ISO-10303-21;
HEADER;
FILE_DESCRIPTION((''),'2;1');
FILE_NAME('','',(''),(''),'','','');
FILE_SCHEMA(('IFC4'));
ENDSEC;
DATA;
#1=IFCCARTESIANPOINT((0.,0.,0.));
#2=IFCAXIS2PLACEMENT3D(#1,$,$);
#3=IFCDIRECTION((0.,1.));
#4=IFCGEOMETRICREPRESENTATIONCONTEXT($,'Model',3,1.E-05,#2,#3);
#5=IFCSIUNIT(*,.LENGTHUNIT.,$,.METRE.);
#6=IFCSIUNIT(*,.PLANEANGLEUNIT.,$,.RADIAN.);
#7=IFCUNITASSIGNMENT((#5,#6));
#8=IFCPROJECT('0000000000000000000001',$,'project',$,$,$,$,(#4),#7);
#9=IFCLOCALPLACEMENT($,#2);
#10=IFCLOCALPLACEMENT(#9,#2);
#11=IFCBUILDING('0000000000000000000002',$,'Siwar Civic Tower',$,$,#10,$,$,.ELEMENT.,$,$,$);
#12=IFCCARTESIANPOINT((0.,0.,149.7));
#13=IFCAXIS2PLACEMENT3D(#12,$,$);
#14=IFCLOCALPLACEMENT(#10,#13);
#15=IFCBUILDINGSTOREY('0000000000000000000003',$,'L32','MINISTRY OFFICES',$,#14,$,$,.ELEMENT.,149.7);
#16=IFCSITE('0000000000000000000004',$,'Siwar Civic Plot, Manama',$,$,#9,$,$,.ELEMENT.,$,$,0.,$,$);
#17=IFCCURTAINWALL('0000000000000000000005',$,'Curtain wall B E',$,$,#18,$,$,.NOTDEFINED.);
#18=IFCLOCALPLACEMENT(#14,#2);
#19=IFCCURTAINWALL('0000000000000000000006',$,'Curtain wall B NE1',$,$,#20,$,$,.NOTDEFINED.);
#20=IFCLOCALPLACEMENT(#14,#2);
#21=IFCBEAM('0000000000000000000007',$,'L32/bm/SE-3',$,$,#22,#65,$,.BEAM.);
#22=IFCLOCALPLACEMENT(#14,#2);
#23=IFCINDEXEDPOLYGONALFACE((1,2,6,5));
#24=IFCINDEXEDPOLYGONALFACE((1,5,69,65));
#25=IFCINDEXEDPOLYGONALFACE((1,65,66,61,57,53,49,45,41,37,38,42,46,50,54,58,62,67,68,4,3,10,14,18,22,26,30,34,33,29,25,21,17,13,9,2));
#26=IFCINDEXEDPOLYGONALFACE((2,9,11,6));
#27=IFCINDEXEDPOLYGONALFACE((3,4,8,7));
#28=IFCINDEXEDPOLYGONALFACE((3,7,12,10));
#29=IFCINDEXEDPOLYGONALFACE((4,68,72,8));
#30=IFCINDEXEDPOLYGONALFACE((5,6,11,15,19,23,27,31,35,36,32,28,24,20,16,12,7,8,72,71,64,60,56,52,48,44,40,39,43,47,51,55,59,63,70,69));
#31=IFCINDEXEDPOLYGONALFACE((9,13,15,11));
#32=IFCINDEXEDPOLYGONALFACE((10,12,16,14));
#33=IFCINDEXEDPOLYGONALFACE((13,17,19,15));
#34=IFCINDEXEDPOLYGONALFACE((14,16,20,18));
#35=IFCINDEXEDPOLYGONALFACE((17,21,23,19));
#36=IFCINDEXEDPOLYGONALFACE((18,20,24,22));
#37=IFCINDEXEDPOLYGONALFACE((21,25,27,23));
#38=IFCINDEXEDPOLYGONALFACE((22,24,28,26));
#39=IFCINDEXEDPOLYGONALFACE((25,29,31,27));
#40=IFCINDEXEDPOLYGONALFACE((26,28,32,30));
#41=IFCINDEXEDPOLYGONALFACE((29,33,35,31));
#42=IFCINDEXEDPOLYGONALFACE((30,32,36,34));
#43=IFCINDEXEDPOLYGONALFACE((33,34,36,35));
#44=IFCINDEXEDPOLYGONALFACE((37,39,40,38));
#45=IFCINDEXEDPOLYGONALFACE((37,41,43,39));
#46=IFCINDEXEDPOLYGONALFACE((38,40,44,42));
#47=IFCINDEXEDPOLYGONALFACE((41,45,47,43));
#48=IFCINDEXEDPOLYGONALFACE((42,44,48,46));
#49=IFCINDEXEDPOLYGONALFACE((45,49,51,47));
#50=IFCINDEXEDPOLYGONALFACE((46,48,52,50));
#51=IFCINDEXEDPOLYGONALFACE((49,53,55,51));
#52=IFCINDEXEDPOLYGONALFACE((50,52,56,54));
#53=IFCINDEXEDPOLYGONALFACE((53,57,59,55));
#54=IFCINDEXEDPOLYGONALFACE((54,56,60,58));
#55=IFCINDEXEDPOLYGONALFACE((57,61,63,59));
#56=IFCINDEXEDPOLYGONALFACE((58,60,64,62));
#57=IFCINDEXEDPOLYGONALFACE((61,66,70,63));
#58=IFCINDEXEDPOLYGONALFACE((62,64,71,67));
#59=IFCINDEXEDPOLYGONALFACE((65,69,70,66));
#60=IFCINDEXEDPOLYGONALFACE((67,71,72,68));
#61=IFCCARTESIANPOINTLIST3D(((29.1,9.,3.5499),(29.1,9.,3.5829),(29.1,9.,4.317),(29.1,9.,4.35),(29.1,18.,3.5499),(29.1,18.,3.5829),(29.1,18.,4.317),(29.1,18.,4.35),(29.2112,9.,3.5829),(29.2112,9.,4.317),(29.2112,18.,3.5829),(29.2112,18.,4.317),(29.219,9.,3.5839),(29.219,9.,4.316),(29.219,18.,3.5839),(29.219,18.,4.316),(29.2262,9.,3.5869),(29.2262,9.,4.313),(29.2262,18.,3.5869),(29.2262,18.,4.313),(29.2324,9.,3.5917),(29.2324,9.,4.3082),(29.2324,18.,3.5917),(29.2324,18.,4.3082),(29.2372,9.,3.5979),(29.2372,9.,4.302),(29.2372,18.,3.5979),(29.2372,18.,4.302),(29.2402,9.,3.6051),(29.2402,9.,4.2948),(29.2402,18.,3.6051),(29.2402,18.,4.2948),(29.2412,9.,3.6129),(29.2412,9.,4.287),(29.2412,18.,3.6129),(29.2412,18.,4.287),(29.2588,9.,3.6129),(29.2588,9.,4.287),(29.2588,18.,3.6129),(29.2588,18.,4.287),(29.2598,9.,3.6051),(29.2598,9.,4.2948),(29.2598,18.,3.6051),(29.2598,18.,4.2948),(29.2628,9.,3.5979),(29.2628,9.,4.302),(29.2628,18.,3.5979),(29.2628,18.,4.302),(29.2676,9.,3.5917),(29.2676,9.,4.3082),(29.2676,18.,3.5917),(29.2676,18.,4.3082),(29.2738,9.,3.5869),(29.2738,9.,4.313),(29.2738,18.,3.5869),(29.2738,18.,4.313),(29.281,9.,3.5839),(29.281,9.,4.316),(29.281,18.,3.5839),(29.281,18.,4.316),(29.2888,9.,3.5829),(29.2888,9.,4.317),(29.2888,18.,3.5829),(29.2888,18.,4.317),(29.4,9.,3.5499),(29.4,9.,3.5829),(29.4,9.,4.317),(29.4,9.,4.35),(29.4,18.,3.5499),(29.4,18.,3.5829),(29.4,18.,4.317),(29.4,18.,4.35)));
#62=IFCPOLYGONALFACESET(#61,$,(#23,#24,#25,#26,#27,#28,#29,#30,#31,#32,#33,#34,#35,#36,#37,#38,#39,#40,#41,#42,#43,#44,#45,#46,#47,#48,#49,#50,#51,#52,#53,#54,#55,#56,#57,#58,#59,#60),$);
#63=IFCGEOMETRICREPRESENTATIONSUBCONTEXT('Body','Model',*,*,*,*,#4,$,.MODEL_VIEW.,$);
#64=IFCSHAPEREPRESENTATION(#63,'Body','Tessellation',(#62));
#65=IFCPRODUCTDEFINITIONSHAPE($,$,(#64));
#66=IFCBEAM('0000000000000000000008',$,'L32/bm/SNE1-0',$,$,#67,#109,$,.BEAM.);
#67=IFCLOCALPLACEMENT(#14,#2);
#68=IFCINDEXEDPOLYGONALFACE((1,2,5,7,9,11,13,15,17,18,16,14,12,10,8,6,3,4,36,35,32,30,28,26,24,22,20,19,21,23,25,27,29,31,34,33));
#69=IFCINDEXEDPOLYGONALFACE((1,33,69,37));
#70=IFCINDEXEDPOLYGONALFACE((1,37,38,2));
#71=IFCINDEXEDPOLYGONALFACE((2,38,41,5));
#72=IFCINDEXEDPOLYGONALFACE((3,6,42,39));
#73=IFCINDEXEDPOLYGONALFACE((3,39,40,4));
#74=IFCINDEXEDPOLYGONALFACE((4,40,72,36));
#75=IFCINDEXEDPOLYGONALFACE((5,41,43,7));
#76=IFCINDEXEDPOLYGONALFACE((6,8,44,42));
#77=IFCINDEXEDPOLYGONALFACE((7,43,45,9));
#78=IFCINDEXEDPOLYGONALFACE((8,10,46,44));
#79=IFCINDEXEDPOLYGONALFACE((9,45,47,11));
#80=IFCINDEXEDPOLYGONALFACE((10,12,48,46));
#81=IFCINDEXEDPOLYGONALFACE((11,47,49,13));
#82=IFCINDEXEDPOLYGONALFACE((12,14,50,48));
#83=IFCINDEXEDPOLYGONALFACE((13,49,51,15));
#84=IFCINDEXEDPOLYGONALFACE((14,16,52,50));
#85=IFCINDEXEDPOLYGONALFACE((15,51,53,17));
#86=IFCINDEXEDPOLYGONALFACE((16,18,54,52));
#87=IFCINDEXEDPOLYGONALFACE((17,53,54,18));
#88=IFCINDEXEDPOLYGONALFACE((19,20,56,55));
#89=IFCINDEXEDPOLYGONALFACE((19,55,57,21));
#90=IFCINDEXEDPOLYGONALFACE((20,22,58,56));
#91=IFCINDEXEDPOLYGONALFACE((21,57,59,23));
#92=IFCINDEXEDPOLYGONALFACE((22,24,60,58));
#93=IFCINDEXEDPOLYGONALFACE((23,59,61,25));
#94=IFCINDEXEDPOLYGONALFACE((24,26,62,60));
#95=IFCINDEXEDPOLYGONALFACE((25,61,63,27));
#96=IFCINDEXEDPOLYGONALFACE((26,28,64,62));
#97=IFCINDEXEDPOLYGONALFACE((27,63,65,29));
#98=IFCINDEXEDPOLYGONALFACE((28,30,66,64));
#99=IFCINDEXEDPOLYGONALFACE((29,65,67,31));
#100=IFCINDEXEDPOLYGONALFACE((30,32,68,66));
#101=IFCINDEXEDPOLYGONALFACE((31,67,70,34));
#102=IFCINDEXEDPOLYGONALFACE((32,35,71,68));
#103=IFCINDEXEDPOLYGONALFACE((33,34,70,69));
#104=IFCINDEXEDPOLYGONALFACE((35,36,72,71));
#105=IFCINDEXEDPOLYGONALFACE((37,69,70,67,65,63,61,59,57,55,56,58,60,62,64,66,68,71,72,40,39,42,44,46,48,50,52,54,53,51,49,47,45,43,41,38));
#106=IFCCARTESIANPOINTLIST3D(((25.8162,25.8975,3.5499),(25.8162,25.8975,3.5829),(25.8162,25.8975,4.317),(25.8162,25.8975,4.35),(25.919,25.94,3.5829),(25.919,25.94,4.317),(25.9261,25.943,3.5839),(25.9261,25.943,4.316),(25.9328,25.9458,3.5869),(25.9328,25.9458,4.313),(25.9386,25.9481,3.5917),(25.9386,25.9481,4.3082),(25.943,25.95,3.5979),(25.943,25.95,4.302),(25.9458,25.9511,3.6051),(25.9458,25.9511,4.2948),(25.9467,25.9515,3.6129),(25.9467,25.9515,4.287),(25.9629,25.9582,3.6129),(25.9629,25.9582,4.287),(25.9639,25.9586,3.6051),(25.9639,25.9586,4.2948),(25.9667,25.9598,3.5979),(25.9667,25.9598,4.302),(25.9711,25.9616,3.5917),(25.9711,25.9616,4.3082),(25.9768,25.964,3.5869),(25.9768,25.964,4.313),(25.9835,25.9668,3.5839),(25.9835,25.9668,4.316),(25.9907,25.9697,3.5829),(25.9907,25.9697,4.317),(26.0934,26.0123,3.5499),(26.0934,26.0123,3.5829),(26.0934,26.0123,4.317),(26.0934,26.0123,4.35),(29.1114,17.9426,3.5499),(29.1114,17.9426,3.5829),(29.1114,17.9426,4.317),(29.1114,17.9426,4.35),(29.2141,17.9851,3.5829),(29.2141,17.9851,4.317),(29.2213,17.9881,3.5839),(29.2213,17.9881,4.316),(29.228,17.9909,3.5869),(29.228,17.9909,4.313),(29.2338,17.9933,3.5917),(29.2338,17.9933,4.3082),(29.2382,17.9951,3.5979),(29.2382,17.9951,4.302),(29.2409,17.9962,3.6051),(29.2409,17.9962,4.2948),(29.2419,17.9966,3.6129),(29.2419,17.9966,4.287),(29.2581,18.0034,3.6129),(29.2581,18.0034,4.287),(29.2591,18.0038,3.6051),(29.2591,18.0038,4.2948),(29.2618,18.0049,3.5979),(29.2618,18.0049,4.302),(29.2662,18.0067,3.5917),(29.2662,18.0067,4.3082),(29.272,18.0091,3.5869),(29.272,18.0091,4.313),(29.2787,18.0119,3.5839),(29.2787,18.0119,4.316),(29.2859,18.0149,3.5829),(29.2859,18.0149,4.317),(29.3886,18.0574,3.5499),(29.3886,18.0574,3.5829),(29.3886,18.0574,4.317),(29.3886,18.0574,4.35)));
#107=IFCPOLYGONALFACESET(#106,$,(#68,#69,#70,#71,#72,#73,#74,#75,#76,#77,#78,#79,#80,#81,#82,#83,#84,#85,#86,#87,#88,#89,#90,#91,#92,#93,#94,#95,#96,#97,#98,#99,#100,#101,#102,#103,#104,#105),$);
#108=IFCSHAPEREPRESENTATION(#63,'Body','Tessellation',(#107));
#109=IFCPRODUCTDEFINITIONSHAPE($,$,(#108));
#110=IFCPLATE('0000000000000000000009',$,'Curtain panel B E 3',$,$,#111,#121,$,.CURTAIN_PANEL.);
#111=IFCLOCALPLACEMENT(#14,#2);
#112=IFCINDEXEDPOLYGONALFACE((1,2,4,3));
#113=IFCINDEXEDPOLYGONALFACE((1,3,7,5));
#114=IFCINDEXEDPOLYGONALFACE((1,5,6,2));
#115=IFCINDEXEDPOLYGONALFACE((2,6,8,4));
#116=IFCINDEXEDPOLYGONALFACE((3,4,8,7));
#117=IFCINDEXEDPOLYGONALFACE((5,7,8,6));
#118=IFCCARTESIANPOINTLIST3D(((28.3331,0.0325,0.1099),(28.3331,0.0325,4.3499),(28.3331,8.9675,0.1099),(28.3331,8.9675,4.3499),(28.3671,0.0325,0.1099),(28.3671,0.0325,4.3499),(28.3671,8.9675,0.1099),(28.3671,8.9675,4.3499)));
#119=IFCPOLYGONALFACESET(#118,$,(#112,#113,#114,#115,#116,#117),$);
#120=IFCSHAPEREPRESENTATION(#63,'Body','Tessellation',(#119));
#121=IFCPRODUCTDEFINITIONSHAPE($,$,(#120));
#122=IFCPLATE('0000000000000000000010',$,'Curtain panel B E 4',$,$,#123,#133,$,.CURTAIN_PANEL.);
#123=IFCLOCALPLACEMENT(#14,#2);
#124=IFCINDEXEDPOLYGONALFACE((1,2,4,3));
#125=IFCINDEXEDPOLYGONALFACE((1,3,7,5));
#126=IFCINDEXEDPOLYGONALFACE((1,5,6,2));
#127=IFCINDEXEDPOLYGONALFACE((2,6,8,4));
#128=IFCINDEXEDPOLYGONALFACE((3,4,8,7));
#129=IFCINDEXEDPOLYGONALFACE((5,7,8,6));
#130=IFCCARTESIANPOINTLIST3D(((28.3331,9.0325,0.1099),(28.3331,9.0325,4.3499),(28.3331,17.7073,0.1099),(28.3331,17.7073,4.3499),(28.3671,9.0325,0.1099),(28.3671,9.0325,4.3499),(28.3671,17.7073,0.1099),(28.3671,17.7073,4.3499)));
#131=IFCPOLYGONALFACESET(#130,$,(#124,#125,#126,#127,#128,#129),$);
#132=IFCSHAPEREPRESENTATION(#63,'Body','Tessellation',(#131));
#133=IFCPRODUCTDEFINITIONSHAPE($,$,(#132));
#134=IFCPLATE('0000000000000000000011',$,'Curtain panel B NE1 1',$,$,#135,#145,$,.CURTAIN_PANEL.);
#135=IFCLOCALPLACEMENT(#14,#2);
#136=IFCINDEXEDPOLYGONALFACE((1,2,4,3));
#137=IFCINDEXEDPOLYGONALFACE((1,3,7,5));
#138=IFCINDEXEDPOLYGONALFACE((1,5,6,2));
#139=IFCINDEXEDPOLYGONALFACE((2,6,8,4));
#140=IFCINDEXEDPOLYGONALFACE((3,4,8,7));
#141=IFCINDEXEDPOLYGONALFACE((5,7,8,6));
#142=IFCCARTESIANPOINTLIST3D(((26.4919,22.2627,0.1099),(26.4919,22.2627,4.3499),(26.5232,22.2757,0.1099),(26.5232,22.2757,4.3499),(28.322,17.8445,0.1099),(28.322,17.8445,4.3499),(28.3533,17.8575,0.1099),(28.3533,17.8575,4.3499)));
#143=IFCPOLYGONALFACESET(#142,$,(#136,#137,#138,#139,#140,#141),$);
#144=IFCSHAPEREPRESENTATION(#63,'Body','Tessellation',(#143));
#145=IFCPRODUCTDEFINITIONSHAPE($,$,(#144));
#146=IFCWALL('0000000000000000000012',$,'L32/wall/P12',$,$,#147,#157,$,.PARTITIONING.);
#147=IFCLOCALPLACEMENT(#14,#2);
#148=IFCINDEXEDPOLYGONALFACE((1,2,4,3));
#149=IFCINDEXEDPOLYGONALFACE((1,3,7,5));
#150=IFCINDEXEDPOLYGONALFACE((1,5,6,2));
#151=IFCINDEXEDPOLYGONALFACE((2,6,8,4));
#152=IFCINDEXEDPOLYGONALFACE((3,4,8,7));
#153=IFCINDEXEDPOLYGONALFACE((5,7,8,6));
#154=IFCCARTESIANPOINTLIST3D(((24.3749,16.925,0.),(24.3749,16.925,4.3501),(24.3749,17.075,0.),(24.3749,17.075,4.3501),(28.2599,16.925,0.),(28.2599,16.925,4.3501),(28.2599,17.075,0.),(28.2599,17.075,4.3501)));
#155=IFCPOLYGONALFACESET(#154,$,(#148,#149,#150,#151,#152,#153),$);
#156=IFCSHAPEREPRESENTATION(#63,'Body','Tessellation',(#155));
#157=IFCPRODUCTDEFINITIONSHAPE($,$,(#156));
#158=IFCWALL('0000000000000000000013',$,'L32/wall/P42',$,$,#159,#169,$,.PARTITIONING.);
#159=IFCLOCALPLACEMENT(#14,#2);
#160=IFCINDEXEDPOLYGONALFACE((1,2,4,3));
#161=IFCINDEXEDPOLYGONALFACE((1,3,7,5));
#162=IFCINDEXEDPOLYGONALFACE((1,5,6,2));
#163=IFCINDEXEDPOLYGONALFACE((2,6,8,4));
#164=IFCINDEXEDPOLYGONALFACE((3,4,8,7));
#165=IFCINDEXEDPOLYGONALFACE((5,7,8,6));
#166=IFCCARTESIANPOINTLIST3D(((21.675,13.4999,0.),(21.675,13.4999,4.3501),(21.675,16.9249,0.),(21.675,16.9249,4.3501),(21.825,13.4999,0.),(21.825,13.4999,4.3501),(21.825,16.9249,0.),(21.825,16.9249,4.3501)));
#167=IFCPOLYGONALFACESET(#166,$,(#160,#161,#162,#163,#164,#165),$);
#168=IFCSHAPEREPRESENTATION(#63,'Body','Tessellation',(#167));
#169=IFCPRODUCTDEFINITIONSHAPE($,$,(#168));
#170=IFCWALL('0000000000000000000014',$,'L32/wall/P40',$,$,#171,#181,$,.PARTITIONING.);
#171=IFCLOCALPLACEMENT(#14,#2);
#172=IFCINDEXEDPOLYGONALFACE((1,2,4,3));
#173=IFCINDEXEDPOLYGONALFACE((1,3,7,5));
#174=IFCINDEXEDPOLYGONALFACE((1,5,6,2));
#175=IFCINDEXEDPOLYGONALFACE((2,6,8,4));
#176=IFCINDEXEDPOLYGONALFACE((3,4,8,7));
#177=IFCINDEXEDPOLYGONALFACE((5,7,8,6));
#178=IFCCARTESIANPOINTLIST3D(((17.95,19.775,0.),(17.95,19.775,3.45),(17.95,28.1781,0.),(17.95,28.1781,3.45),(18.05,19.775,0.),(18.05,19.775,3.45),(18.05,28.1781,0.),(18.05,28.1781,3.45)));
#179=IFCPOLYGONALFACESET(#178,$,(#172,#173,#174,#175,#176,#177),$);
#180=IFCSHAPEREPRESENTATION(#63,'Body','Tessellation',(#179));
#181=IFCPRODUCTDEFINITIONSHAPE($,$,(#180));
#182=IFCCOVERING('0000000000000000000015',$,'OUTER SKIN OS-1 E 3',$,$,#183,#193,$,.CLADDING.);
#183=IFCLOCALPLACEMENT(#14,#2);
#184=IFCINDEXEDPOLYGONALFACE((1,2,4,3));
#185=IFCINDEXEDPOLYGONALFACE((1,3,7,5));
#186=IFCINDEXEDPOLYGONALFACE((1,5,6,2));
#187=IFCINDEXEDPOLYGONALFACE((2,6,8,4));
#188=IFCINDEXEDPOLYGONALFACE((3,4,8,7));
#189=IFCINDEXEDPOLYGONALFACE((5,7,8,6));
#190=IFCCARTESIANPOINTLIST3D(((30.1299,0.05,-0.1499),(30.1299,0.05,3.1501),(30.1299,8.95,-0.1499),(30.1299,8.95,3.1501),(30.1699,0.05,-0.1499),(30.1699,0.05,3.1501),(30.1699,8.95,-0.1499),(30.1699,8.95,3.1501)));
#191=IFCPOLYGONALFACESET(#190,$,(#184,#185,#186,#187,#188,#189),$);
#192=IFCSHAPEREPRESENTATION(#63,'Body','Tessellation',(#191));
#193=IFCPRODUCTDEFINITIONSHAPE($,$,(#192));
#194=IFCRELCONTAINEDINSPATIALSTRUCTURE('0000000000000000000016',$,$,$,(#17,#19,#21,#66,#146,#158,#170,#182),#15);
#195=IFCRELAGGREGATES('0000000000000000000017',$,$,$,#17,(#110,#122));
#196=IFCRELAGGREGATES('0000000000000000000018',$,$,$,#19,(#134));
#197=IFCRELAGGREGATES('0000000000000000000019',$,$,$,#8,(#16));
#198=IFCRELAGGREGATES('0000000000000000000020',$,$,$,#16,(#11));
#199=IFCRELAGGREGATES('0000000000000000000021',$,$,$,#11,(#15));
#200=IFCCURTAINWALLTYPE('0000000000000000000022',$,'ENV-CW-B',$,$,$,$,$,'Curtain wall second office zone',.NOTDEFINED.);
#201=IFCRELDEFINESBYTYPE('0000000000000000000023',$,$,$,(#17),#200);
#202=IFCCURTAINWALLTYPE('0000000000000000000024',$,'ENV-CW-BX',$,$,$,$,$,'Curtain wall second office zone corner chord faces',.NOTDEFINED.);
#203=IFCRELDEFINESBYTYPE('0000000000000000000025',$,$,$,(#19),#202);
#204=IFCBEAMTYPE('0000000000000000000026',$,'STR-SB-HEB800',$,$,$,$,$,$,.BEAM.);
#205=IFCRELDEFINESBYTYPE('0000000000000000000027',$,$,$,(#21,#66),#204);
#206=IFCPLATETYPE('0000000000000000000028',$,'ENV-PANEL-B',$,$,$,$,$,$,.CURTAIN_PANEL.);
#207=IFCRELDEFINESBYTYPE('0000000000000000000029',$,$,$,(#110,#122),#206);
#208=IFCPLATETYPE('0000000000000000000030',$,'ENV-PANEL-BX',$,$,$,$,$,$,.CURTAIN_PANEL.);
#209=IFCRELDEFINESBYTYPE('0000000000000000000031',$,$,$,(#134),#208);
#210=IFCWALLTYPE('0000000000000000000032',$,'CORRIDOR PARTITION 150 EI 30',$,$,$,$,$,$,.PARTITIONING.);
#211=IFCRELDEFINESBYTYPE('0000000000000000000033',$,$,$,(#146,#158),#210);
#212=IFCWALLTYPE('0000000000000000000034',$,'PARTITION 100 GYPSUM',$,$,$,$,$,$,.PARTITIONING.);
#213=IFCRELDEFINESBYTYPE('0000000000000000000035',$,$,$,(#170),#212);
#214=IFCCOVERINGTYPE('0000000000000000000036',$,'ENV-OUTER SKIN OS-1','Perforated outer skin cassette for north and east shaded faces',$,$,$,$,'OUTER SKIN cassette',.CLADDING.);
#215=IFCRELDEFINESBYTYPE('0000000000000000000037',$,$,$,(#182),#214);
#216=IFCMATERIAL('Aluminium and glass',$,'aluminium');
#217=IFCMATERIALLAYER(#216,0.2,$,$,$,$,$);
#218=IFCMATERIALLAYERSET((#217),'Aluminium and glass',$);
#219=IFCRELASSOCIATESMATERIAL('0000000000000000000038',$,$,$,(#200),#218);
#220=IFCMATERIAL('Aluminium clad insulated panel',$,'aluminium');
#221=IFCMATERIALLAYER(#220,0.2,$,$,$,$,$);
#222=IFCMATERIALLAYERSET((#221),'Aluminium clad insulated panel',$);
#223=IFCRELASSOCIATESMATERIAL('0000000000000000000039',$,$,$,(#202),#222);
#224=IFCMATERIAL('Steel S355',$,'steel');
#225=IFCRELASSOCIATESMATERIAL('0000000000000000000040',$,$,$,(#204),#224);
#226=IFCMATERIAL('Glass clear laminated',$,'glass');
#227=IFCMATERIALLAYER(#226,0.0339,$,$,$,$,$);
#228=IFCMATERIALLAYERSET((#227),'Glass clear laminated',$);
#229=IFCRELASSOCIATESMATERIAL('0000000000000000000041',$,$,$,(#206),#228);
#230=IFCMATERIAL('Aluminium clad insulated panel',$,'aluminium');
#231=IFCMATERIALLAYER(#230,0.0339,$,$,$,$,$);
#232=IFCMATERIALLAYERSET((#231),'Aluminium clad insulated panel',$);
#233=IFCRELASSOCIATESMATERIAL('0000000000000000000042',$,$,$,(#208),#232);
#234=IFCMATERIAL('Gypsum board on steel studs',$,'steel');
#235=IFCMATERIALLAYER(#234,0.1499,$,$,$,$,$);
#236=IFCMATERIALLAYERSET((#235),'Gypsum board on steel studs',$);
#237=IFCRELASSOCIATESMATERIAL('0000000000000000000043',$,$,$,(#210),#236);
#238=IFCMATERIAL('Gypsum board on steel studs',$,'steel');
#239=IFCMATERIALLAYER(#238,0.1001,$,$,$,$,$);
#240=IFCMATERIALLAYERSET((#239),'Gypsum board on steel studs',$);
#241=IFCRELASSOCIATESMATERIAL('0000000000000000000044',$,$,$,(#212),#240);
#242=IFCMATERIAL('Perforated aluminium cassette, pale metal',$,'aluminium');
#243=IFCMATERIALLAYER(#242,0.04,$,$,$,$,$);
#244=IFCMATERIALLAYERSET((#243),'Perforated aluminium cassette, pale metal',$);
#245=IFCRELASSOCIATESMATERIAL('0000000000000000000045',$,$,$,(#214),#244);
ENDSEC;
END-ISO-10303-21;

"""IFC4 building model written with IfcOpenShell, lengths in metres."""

from ifc_helpers import new_model, si_unit, direction, frame, frame_2d, origin, origin_2d, place, context, subcontext, project, spatial, rectangle, i_section, extrude, material, layer, layer_set, material_profile, profile_set, type_object, element, aggregate, save


model = new_model("IFC4")

# Units and contexts
model_context = context("Model", 3, precision=1e-05, world=origin(), true_north=direction((0.0, 1.0)))
body_context = subcontext(model_context, "Body", "Model", "MODEL_VIEW")
ifc_project = project(units=[si_unit("LENGTHUNIT", "METRE"), si_unit("PLANEANGLEUNIT", "RADIAN")], contexts=[model_context])

# Site, building, storey
site_placement = place(None, origin())
site = spatial("IfcSite", under=ifc_project, at=site_placement, Name="Siwar Civic Plot, Manama", CompositionType="ELEMENT", RefElevation=0.0)
building_placement = place(site_placement, origin())
building = spatial("IfcBuilding", under=site, at=building_placement, Name="Siwar Civic Tower", CompositionType="ELEMENT")
storey_placement = place(building_placement, frame((0.0, 0.0, 149.7)))
storey = spatial("IfcBuildingStorey", under=building, at=storey_placement, Name="L32", Description="MINISTRY OFFICES", CompositionType="ELEMENT", Elevation=149.7)

# Curtain walls
ifc_material_1 = material(Name="Aluminium and glass", Category="aluminium")
ifc_layer_1 = layer(ifc_material_1, 0.2)
ifc_layer_set_1 = layer_set([ifc_layer_1], Name="Aluminium and glass")
curtain_wall_type_1 = type_object("IfcCurtainWallType", Name="ENV-CW-B", ElementType="Curtain wall second office zone", PredefinedType="NOTDEFINED", material=ifc_layer_set_1)
curtain_wall_1_placement = place(storey_placement, origin())
curtain_wall_1 = element("IfcCurtainWall", 1, at=curtain_wall_1_placement, inside=storey, type_object=curtain_wall_type_1, Name="Curtain wall B E", PredefinedType="NOTDEFINED")
ifc_material_2 = material(Name="Aluminium clad insulated panel", Category="aluminium")
ifc_layer_2 = layer(ifc_material_2, 0.2)
ifc_layer_set_2 = layer_set([ifc_layer_2], Name="Aluminium clad insulated panel")
curtain_wall_type_2 = type_object("IfcCurtainWallType", Name="ENV-CW-BX", ElementType="Curtain wall second office zone corner chord faces", PredefinedType="NOTDEFINED", material=ifc_layer_set_2)
curtain_wall_2_placement = place(storey_placement, origin())
curtain_wall_2 = element("IfcCurtainWall", 2, at=curtain_wall_2_placement, inside=storey, type_object=curtain_wall_type_2, Name="Curtain wall B NE1", PredefinedType="NOTDEFINED")

# Beams
ifc_material_3 = material(Name="Steel S355", Category="steel")
ifc_material_profile_1 = material_profile(ifc_material_3, i_section(OverallWidth=0.3, OverallDepth=0.8, WebThickness=0.0176, FlangeThickness=0.033, FilletRadius=0.03, at=origin_2d()), Name="HEB800")
ifc_profile_set_1 = profile_set([ifc_material_profile_1], Name="Steel S355")
beam_type_1 = type_object("IfcBeamType", Name="STR-SB-HEB800", PredefinedType="BEAM", material=ifc_profile_set_1)
beam_1_placement = place(storey_placement, frame((29.25, 9.0, 3.95), z_axis=(0.0, 1.0, 0.0), x_axis=(-1.0, 0.0, 0.0)))
element("IfcBeam", 3, at=beam_1_placement, inside=storey, type_object=beam_type_1, Name="L32/bm/SE-3", PredefinedType="BEAM", context=body_context, shape_type="SweptSolid", body=[
    extrude(i_section(OverallWidth=0.3, OverallDepth=0.8, WebThickness=0.0176, FlangeThickness=0.033, FilletRadius=0.03, at=origin_2d()), origin(), (0.0, 0.0, 1.0), 9.0),
])
beam_2_placement = place(storey_placement, frame((29.25, 18.0, 3.95), z_axis=(-0.3827, 0.923873, 0.0), x_axis=(-0.923873, -0.3827, 0.0)))
element("IfcBeam", 4, at=beam_2_placement, inside=storey, type_object=beam_type_1, Name="L32/bm/SNE1-0", PredefinedType="BEAM", context=body_context, shape_type="SweptSolid", body=[
    extrude(i_section(OverallWidth=0.3, OverallDepth=0.8, WebThickness=0.0176, FlangeThickness=0.033, FilletRadius=0.03, at=origin_2d()), origin(), (0.0, 0.0, 1.0), 8.6104),
])

# Plates
ifc_material_4 = material(Name="Glass clear laminated", Category="glass")
ifc_layer_3 = layer(ifc_material_4, 0.0339)
ifc_layer_set_3 = layer_set([ifc_layer_3], Name="Glass clear laminated")
plate_type_1 = type_object("IfcPlateType", Name="ENV-PANEL-B", PredefinedType="CURTAIN_PANEL", material=ifc_layer_set_3)
plate_1_placement = place(storey_placement, frame((28.3501, 4.5, 0.1099), z_axis=(0.0, 0.0, 1.0), x_axis=(0.0, 1.0, 0.0)))
plate_1 = element("IfcPlate", 5, at=plate_1_placement, type_object=plate_type_1, Name="Curtain panel B E 3", PredefinedType="CURTAIN_PANEL", context=body_context, shape_type="SweptSolid", body=[
    extrude(rectangle(XDim=8.9351, YDim=0.0339, at=origin_2d()), origin(), (0.0, 0.0, 1.0), 4.24),
])
plate_2_placement = place(storey_placement, frame((28.3501, 13.3699, 0.1099), z_axis=(0.0, 0.0, 1.0), x_axis=(0.0, 1.0, 0.0)))
plate_2 = element("IfcPlate", 6, at=plate_2_placement, type_object=plate_type_1, Name="Curtain panel B E 4", PredefinedType="CURTAIN_PANEL", context=body_context, shape_type="SweptSolid", body=[
    extrude(rectangle(XDim=8.6748, YDim=0.0339, at=origin_2d()), origin(), (0.0, 0.0, 1.0), 4.24),
])
aggregate(curtain_wall_1, [plate_1, plate_2])
ifc_material_5 = material(Name="Aluminium clad insulated panel", Category="aluminium")
ifc_layer_4 = layer(ifc_material_5, 0.0339)
ifc_layer_set_4 = layer_set([ifc_layer_4], Name="Aluminium clad insulated panel")
plate_type_2 = type_object("IfcPlateType", Name="ENV-PANEL-BX", PredefinedType="CURTAIN_PANEL", material=ifc_layer_set_4)
plate_3_placement = place(storey_placement, frame((27.4226, 20.0601, 0.1099), z_axis=(0.0, 0.0, 1.0), x_axis=(-0.382683, 0.92388, 0.0)))
plate_3 = element("IfcPlate", 7, at=plate_3_placement, type_object=plate_type_2, Name="Curtain panel B NE1 1", PredefinedType="CURTAIN_PANEL", context=body_context, shape_type="SweptSolid", body=[
    extrude(rectangle(XDim=4.7822, YDim=0.0339, at=origin_2d()), origin(), (0.0, 0.0, 1.0), 4.24),
])
aggregate(curtain_wall_2, [plate_3])

# Walls
ifc_material_6 = material(Name="Gypsum board on steel studs", Category="steel")
ifc_layer_5 = layer(ifc_material_6, 0.1499)
ifc_layer_set_5 = layer_set([ifc_layer_5], Name="Gypsum board on steel studs")
wall_type_1 = type_object("IfcWallType", Name="CORRIDOR PARTITION 150 EI 30", PredefinedType="PARTITIONING", material=ifc_layer_set_5)
wall_1_placement = place(storey_placement, frame((24.375, 17.0, 0.0), z_axis=(0.0, 0.0, 1.0), x_axis=(1.0, 0.0, 0.0)))
element("IfcWall", 8, at=wall_1_placement, inside=storey, type_object=wall_type_1, Name="L32/wall/P12", PredefinedType="PARTITIONING", context=body_context, shape_type="SweptSolid", body=[
    extrude(rectangle(XDim=3.885, YDim=0.1499, at=frame_2d((1.9424, 0.0))), origin(), (0.0, 0.0, 1.0), 4.3501),
])
wall_2_placement = place(storey_placement, frame((21.75, 13.5, 0.0), z_axis=(0.0, 0.0, 1.0), x_axis=(0.0, 1.0, 0.0)))
element("IfcWall", 9, at=wall_2_placement, inside=storey, type_object=wall_type_1, Name="L32/wall/P42", PredefinedType="PARTITIONING", context=body_context, shape_type="SweptSolid", body=[
    extrude(rectangle(XDim=3.425, YDim=0.1499, at=frame_2d((1.7124, 0.0))), origin(), (0.0, 0.0, 1.0), 4.3501),
])
ifc_material_7 = material(Name="Gypsum board on steel studs", Category="steel")
ifc_layer_6 = layer(ifc_material_7, 0.1001)
ifc_layer_set_6 = layer_set([ifc_layer_6], Name="Gypsum board on steel studs")
wall_type_2 = type_object("IfcWallType", Name="PARTITION 100 GYPSUM", PredefinedType="PARTITIONING", material=ifc_layer_set_6)
wall_3_placement = place(storey_placement, frame((18.0, 19.7749, 0.0), z_axis=(0.0, 0.0, 1.0), x_axis=(0.0, 1.0, 0.0)))
element("IfcWall", 10, at=wall_3_placement, inside=storey, type_object=wall_type_2, Name="L32/wall/P40", PredefinedType="PARTITIONING", context=body_context, shape_type="SweptSolid", body=[
    extrude(rectangle(XDim=8.4031, YDim=0.1001, at=frame_2d((4.2017, 0.0))), origin(), (0.0, 0.0, 1.0), 3.45),
])

# Covering
ifc_material_8 = material(Name="Perforated aluminium cassette, pale metal", Category="aluminium")
ifc_layer_7 = layer(ifc_material_8, 0.04)
ifc_layer_set_7 = layer_set([ifc_layer_7], Name="Perforated aluminium cassette, pale metal")
covering_type = type_object("IfcCoveringType", Name="ENV-OUTER SKIN OS-1", Description="Perforated outer skin cassette for north and east shaded faces", ElementType="OUTER SKIN cassette", PredefinedType="CLADDING", material=ifc_layer_set_7)
covering_1_placement = place(storey_placement, frame((30.1499, 4.5, -0.1499), z_axis=(0.0, 0.0, 1.0), x_axis=(0.0, 1.0, 0.0)))
element("IfcCovering", 11, at=covering_1_placement, inside=storey, type_object=covering_type, Name="OUTER SKIN OS-1 E 3", PredefinedType="CLADDING", context=body_context, shape_type="SweptSolid", body=[
    extrude(rectangle(XDim=8.8999, YDim=0.04, at=origin_2d()), origin(), (0.0, 0.0, 1.0), 3.3),
])

save(model, "model.ifc")
